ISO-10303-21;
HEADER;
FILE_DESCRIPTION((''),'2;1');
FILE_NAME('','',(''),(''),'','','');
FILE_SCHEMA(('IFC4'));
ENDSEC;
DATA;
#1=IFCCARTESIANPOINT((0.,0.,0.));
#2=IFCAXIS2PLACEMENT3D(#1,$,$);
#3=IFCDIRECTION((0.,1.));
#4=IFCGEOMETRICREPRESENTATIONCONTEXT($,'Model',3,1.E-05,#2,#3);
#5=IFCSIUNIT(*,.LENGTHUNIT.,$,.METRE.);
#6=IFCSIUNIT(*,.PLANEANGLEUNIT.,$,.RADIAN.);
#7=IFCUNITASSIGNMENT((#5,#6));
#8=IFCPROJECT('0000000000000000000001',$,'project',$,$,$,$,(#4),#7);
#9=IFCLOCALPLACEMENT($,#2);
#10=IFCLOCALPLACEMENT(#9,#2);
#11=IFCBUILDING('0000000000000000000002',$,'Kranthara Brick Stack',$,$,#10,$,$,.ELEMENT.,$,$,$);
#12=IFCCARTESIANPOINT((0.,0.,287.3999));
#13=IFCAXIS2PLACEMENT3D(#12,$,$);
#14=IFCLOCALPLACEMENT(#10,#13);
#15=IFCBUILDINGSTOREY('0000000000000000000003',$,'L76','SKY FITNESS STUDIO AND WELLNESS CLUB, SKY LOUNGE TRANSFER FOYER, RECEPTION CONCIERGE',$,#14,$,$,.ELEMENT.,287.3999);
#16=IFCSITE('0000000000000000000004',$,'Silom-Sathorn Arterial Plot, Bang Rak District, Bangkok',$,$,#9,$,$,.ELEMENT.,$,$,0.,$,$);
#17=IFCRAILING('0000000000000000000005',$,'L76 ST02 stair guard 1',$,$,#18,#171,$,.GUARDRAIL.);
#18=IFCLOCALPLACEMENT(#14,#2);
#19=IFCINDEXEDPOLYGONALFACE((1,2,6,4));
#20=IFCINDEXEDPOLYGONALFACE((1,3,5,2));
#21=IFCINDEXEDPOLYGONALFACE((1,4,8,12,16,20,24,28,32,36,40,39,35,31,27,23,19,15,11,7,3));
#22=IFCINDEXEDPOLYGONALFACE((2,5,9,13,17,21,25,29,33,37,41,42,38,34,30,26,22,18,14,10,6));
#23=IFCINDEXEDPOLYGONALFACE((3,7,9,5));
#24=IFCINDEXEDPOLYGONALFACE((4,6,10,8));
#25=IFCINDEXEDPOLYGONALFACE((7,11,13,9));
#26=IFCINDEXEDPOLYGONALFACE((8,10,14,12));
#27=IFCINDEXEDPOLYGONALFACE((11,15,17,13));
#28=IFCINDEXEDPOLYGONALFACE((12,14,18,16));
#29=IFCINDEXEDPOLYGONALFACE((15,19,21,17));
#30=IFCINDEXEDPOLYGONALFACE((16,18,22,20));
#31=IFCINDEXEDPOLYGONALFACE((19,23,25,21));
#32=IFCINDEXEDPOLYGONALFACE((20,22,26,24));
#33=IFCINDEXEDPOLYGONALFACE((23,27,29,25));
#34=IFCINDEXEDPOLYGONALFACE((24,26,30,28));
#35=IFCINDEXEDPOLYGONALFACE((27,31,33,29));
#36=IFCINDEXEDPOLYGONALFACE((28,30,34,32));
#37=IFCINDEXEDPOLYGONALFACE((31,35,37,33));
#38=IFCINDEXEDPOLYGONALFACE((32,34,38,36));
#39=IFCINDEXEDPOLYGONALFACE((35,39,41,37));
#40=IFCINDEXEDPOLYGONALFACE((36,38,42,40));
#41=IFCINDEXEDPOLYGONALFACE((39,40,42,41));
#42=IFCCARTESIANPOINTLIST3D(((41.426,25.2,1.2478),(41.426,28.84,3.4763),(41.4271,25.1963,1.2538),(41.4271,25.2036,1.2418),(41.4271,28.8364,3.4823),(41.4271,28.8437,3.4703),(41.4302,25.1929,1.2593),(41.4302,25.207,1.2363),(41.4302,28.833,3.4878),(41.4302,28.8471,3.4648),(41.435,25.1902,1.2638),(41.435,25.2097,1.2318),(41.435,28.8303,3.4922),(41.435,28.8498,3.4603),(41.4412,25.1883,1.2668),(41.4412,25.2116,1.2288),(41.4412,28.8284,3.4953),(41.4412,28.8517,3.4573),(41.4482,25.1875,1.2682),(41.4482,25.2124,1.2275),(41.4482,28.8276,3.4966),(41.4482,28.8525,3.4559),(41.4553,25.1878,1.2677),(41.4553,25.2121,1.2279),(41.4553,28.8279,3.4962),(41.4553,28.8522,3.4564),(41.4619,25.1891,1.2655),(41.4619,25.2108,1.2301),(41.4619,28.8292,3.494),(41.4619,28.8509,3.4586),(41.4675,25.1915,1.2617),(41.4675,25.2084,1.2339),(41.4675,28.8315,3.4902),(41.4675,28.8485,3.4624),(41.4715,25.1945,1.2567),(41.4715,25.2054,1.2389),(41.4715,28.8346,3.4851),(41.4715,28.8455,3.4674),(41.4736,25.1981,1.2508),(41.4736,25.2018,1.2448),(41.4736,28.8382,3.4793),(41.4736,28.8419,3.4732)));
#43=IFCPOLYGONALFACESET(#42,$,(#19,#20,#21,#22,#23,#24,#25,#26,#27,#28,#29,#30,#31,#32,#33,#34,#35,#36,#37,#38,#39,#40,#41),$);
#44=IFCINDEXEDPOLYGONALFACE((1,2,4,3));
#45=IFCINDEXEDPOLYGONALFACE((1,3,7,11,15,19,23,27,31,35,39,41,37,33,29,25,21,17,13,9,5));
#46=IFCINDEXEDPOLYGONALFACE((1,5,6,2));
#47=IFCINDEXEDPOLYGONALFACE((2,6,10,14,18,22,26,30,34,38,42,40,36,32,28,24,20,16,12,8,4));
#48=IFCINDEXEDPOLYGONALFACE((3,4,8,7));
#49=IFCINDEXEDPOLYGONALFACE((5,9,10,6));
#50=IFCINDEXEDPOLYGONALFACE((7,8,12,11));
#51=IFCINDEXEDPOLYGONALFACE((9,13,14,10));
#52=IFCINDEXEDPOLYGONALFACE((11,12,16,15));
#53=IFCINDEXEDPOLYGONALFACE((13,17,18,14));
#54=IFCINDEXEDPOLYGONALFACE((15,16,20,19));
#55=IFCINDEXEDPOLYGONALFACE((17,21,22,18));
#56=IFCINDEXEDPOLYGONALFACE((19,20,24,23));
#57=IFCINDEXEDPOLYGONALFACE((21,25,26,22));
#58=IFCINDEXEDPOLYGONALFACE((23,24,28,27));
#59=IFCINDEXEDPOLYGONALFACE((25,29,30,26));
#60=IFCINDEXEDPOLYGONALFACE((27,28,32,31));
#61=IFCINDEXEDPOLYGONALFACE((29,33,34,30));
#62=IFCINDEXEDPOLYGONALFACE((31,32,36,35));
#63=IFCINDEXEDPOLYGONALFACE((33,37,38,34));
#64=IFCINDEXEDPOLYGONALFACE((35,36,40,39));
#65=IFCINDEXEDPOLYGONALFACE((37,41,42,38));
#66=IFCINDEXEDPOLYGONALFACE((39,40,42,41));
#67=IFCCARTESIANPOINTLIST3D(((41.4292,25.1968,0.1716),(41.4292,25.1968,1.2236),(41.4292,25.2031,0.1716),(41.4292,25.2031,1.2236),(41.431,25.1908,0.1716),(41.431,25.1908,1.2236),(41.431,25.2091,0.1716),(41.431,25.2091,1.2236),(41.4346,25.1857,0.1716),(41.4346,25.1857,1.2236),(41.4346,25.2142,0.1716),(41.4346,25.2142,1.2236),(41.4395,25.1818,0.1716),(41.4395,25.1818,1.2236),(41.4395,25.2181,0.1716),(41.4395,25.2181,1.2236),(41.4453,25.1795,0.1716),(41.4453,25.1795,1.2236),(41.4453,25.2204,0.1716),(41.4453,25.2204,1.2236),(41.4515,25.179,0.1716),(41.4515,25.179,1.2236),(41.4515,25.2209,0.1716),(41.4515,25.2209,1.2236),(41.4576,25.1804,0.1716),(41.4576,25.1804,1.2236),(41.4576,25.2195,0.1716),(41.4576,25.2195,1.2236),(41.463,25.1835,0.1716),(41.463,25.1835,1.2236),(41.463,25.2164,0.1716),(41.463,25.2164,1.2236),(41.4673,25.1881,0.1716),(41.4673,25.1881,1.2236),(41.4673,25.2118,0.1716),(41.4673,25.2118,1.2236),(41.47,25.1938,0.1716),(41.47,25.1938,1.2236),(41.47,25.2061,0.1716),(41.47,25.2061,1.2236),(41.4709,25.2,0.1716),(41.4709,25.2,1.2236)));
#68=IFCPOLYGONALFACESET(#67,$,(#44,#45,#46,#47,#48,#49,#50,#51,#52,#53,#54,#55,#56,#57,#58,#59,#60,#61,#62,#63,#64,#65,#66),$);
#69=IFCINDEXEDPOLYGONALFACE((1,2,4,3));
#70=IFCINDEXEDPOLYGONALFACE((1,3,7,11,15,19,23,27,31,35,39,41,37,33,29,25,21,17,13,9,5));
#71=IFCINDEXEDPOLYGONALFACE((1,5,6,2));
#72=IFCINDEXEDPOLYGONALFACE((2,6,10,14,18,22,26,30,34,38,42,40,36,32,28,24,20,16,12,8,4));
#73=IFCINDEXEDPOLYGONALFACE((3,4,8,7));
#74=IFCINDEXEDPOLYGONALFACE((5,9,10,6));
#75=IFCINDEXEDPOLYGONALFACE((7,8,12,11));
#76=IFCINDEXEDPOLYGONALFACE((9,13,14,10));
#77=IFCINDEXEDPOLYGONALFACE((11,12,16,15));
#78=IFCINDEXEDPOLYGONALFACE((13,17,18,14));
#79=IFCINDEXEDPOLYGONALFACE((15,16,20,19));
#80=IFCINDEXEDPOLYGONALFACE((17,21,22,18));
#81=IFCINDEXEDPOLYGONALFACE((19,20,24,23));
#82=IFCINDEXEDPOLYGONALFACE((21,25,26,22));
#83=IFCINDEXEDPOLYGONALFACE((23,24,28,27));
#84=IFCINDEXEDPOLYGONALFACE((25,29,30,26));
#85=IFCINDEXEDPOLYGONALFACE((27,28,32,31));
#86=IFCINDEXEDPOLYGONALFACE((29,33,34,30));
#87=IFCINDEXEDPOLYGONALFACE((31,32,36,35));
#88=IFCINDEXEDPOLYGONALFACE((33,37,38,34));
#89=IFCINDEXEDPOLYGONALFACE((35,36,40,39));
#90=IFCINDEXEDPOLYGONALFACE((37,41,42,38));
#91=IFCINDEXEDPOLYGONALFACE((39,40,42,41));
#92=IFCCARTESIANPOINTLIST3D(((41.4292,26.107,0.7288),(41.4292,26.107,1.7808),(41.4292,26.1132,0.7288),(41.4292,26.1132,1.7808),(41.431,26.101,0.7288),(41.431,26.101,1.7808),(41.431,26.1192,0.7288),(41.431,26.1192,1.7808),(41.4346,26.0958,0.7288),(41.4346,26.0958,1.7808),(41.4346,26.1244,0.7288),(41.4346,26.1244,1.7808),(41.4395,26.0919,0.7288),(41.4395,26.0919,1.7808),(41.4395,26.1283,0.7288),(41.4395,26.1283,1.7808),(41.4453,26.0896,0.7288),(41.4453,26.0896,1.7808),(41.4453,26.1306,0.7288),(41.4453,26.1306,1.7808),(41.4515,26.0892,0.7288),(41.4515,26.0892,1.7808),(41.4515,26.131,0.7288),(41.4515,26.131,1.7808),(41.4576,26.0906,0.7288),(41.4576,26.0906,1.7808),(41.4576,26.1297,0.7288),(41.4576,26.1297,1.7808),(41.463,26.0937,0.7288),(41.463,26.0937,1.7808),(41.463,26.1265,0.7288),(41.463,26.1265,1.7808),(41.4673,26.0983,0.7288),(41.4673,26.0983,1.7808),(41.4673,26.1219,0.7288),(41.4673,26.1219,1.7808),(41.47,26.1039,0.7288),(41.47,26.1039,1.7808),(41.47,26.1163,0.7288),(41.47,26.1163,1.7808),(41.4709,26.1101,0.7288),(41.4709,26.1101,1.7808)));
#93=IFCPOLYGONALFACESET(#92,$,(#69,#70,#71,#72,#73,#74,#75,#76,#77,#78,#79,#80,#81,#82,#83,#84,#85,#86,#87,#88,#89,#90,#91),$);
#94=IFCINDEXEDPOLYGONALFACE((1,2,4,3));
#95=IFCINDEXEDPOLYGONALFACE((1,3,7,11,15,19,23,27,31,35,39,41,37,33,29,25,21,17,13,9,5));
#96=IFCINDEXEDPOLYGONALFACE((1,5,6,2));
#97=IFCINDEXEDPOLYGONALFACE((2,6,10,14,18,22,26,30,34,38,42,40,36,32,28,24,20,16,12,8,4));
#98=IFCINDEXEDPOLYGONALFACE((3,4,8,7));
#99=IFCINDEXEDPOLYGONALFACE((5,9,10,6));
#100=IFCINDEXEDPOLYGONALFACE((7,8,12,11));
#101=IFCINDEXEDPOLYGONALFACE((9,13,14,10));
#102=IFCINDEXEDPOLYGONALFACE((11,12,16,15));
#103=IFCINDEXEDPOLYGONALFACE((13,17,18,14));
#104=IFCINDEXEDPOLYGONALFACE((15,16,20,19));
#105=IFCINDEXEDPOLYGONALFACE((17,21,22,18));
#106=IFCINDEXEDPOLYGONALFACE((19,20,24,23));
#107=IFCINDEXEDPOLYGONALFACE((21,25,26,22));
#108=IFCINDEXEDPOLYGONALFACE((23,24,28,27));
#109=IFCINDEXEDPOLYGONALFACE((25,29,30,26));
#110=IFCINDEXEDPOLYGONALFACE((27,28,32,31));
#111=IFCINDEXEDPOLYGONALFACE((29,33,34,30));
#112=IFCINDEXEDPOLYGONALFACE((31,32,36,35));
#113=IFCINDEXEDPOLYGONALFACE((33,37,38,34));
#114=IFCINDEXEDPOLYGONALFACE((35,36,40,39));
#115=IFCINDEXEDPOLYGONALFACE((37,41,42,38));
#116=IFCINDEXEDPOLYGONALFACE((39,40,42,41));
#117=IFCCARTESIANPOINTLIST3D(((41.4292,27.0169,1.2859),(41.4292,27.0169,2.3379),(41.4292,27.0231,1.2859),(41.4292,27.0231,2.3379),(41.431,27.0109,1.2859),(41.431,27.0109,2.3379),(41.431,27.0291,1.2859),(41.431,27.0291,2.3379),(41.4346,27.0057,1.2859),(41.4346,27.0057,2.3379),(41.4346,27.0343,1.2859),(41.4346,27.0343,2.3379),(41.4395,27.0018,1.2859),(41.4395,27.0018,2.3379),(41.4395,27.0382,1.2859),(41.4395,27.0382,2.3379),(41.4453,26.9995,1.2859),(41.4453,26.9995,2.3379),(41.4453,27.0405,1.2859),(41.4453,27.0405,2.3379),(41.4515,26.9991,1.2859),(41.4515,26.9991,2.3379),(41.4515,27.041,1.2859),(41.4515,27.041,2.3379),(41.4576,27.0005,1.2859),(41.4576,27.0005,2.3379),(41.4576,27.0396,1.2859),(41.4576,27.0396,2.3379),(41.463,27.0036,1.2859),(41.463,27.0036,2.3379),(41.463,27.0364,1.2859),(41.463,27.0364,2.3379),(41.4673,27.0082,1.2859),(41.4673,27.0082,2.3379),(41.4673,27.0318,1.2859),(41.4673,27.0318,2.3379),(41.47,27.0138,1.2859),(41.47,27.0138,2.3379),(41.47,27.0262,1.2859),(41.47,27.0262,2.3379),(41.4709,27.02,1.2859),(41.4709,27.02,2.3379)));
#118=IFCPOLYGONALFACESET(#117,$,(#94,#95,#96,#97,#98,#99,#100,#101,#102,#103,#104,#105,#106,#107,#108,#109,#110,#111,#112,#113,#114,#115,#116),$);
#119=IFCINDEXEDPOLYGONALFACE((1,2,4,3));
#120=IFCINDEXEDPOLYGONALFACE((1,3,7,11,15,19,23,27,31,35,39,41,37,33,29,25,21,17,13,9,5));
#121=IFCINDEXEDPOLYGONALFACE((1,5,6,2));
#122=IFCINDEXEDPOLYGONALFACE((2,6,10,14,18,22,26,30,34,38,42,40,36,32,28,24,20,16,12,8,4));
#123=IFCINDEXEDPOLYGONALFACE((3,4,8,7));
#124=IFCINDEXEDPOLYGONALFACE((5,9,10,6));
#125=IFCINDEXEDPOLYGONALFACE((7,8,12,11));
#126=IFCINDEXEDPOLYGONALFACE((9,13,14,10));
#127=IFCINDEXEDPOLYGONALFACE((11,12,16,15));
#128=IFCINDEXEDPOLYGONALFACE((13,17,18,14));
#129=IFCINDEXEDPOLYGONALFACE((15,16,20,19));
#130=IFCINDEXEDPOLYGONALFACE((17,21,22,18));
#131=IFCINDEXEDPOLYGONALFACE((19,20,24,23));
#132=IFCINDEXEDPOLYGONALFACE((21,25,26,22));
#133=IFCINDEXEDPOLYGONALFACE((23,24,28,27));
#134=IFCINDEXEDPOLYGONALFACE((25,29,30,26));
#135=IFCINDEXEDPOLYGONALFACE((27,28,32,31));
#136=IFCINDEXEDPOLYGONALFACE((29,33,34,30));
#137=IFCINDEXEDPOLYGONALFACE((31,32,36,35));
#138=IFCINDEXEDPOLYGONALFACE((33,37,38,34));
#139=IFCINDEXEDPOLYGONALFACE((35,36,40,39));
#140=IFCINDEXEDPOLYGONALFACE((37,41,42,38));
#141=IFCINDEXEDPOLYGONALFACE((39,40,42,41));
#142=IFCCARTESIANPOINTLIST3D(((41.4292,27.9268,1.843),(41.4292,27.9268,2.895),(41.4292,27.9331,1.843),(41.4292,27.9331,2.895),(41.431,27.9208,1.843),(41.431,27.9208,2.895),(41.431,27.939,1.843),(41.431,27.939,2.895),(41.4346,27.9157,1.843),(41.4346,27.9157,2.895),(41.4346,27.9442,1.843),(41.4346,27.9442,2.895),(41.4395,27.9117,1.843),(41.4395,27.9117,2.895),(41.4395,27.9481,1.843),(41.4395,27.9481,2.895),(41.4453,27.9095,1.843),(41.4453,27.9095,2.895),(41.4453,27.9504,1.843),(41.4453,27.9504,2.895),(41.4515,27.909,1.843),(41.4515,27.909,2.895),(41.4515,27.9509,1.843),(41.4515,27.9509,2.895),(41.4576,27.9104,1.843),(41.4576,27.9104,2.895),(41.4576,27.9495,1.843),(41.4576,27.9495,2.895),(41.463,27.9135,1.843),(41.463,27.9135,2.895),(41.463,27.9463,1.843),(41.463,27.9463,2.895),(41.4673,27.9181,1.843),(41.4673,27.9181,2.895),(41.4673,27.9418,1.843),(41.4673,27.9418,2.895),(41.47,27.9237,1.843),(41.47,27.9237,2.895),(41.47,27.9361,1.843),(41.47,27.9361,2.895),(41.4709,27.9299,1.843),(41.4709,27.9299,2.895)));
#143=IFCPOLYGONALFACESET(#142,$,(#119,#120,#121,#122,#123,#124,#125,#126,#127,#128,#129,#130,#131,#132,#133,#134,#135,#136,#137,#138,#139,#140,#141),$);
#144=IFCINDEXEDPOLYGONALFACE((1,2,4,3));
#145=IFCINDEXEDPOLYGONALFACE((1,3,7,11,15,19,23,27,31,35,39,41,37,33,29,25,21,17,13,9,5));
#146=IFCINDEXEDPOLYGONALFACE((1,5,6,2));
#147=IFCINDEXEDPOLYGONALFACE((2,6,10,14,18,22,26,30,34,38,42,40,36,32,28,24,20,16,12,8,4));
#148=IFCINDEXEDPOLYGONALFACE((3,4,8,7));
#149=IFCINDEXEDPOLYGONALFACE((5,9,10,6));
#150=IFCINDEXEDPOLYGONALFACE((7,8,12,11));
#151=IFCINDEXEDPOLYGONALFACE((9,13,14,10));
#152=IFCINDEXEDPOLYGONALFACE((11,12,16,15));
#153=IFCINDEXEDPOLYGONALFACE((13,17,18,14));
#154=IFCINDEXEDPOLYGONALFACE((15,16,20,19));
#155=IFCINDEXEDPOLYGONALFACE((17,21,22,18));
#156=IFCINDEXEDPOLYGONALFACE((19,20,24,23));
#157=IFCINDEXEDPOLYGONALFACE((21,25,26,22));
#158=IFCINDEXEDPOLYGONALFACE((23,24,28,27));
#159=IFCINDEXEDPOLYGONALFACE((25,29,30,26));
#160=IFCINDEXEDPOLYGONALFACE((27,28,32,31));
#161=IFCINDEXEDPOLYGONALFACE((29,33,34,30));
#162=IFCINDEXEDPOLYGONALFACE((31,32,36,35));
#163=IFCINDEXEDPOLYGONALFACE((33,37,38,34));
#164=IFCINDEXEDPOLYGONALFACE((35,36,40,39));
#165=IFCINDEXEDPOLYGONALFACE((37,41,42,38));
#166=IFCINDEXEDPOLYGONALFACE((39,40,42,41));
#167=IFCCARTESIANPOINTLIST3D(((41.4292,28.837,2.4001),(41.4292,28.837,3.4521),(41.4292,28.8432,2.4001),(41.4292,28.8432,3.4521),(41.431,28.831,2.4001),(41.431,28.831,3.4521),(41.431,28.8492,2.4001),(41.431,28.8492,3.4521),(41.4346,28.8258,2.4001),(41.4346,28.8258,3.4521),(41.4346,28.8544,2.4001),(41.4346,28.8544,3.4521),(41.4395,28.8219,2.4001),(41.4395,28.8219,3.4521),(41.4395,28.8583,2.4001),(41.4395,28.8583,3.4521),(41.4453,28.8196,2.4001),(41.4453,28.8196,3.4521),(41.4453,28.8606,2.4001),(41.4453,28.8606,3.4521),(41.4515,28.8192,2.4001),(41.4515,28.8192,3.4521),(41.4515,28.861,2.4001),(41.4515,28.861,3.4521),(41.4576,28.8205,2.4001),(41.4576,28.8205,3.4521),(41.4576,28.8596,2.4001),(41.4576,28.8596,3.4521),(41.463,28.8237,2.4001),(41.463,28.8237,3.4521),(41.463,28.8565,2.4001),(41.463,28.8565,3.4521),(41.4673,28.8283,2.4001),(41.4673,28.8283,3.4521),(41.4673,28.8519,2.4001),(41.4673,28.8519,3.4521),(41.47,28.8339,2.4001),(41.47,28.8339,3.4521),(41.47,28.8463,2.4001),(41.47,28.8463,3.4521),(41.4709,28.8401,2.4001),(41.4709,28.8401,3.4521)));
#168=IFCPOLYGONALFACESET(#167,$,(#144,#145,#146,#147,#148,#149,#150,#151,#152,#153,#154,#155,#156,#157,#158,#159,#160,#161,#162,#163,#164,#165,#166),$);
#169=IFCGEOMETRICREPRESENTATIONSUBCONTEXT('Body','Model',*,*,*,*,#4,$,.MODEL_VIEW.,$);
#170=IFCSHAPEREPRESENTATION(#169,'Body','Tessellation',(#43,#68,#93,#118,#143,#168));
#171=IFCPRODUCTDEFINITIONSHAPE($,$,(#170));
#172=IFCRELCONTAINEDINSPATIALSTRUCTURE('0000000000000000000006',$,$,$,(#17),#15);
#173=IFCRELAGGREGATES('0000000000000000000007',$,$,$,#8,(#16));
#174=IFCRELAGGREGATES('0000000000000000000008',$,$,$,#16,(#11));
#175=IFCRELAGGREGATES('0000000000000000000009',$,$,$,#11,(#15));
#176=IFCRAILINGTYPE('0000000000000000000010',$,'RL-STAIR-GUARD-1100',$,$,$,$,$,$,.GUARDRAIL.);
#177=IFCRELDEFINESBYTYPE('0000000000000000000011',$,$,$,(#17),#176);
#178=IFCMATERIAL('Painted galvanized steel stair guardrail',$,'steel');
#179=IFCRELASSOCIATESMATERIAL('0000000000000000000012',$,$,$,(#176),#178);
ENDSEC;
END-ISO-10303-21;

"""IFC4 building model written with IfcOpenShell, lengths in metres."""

from ifc_helpers import new_model, si_unit, direction, frame, origin, origin_2d, place, context, subcontext, project, spatial, circle, extrude, material, type_object, element, save


model = new_model("IFC4")

# Units and contexts
model_context = context("Model", 3, precision=1e-05, world=origin(), true_north=direction((0.0, 1.0)))
body_context = subcontext(model_context, "Body", "Model", "MODEL_VIEW")
ifc_project = project(units=[si_unit("LENGTHUNIT", "METRE"), si_unit("PLANEANGLEUNIT", "RADIAN")], contexts=[model_context])

# Site, building, storey
site_placement = place(None, origin())
site = spatial("IfcSite", under=ifc_project, at=site_placement, Name="Silom-Sathorn Arterial Plot, Bang Rak District, Bangkok", CompositionType="ELEMENT", RefElevation=0.0)
building_placement = place(site_placement, origin())
building = spatial("IfcBuilding", under=site, at=building_placement, Name="Kranthara Brick Stack", CompositionType="ELEMENT")
storey_placement = place(building_placement, frame((0.0, 0.0, 287.3999)))
storey = spatial("IfcBuildingStorey", under=building, at=storey_placement, Name="L76", Description="SKY FITNESS STUDIO AND WELLNESS CLUB, SKY LOUNGE TRANSFER FOYER, RECEPTION CONCIERGE", CompositionType="ELEMENT", Elevation=287.3999)

# Railing
ifc_material_1 = material(Name="Painted galvanized steel stair guardrail", Category="steel")
railing_type_1 = type_object("IfcRailingType", Name="RL-STAIR-GUARD-1100", PredefinedType="GUARDRAIL", material=ifc_material_1)
railing_1_placement = place(storey_placement, frame((41.45, 25.2, 0.1716)))
element("IfcRailing", 1, at=railing_1_placement, inside=storey, type_object=railing_type_1, Name="L76 ST02 stair guard 1", PredefinedType="GUARDRAIL", context=body_context, shape_type="SweptSolid", body=[
    extrude(circle(Radius=0.0239, at=origin_2d()), frame((0.0, 0.0, 1.0762), z_axis=(0.0, 0.852866, 0.52213), x_axis=(-1.0, 0.0, 0.0)), (0.0, 0.0, 1.0), 4.2681),
    extrude(circle(Radius=0.021, at=origin_2d()), origin(), (0.0, 0.0, 1.0), 1.052),
    extrude(circle(Radius=0.021, at=origin_2d()), frame((0.0, 0.9102, 0.5571)), (0.0, 0.0, 1.0), 1.052),
    extrude(circle(Radius=0.021, at=origin_2d()), frame((0.0, 1.8201, 1.1143)), (0.0, 0.0, 1.0), 1.052),
    extrude(circle(Radius=0.021, at=origin_2d()), frame((0.0, 2.73, 1.6714)), (0.0, 0.0, 1.0), 1.052),
    extrude(circle(Radius=0.021, at=origin_2d()), frame((0.0, 3.6401, 2.2285)), (0.0, 0.0, 1.0), 1.052),
])

save(model, "model.ifc")
